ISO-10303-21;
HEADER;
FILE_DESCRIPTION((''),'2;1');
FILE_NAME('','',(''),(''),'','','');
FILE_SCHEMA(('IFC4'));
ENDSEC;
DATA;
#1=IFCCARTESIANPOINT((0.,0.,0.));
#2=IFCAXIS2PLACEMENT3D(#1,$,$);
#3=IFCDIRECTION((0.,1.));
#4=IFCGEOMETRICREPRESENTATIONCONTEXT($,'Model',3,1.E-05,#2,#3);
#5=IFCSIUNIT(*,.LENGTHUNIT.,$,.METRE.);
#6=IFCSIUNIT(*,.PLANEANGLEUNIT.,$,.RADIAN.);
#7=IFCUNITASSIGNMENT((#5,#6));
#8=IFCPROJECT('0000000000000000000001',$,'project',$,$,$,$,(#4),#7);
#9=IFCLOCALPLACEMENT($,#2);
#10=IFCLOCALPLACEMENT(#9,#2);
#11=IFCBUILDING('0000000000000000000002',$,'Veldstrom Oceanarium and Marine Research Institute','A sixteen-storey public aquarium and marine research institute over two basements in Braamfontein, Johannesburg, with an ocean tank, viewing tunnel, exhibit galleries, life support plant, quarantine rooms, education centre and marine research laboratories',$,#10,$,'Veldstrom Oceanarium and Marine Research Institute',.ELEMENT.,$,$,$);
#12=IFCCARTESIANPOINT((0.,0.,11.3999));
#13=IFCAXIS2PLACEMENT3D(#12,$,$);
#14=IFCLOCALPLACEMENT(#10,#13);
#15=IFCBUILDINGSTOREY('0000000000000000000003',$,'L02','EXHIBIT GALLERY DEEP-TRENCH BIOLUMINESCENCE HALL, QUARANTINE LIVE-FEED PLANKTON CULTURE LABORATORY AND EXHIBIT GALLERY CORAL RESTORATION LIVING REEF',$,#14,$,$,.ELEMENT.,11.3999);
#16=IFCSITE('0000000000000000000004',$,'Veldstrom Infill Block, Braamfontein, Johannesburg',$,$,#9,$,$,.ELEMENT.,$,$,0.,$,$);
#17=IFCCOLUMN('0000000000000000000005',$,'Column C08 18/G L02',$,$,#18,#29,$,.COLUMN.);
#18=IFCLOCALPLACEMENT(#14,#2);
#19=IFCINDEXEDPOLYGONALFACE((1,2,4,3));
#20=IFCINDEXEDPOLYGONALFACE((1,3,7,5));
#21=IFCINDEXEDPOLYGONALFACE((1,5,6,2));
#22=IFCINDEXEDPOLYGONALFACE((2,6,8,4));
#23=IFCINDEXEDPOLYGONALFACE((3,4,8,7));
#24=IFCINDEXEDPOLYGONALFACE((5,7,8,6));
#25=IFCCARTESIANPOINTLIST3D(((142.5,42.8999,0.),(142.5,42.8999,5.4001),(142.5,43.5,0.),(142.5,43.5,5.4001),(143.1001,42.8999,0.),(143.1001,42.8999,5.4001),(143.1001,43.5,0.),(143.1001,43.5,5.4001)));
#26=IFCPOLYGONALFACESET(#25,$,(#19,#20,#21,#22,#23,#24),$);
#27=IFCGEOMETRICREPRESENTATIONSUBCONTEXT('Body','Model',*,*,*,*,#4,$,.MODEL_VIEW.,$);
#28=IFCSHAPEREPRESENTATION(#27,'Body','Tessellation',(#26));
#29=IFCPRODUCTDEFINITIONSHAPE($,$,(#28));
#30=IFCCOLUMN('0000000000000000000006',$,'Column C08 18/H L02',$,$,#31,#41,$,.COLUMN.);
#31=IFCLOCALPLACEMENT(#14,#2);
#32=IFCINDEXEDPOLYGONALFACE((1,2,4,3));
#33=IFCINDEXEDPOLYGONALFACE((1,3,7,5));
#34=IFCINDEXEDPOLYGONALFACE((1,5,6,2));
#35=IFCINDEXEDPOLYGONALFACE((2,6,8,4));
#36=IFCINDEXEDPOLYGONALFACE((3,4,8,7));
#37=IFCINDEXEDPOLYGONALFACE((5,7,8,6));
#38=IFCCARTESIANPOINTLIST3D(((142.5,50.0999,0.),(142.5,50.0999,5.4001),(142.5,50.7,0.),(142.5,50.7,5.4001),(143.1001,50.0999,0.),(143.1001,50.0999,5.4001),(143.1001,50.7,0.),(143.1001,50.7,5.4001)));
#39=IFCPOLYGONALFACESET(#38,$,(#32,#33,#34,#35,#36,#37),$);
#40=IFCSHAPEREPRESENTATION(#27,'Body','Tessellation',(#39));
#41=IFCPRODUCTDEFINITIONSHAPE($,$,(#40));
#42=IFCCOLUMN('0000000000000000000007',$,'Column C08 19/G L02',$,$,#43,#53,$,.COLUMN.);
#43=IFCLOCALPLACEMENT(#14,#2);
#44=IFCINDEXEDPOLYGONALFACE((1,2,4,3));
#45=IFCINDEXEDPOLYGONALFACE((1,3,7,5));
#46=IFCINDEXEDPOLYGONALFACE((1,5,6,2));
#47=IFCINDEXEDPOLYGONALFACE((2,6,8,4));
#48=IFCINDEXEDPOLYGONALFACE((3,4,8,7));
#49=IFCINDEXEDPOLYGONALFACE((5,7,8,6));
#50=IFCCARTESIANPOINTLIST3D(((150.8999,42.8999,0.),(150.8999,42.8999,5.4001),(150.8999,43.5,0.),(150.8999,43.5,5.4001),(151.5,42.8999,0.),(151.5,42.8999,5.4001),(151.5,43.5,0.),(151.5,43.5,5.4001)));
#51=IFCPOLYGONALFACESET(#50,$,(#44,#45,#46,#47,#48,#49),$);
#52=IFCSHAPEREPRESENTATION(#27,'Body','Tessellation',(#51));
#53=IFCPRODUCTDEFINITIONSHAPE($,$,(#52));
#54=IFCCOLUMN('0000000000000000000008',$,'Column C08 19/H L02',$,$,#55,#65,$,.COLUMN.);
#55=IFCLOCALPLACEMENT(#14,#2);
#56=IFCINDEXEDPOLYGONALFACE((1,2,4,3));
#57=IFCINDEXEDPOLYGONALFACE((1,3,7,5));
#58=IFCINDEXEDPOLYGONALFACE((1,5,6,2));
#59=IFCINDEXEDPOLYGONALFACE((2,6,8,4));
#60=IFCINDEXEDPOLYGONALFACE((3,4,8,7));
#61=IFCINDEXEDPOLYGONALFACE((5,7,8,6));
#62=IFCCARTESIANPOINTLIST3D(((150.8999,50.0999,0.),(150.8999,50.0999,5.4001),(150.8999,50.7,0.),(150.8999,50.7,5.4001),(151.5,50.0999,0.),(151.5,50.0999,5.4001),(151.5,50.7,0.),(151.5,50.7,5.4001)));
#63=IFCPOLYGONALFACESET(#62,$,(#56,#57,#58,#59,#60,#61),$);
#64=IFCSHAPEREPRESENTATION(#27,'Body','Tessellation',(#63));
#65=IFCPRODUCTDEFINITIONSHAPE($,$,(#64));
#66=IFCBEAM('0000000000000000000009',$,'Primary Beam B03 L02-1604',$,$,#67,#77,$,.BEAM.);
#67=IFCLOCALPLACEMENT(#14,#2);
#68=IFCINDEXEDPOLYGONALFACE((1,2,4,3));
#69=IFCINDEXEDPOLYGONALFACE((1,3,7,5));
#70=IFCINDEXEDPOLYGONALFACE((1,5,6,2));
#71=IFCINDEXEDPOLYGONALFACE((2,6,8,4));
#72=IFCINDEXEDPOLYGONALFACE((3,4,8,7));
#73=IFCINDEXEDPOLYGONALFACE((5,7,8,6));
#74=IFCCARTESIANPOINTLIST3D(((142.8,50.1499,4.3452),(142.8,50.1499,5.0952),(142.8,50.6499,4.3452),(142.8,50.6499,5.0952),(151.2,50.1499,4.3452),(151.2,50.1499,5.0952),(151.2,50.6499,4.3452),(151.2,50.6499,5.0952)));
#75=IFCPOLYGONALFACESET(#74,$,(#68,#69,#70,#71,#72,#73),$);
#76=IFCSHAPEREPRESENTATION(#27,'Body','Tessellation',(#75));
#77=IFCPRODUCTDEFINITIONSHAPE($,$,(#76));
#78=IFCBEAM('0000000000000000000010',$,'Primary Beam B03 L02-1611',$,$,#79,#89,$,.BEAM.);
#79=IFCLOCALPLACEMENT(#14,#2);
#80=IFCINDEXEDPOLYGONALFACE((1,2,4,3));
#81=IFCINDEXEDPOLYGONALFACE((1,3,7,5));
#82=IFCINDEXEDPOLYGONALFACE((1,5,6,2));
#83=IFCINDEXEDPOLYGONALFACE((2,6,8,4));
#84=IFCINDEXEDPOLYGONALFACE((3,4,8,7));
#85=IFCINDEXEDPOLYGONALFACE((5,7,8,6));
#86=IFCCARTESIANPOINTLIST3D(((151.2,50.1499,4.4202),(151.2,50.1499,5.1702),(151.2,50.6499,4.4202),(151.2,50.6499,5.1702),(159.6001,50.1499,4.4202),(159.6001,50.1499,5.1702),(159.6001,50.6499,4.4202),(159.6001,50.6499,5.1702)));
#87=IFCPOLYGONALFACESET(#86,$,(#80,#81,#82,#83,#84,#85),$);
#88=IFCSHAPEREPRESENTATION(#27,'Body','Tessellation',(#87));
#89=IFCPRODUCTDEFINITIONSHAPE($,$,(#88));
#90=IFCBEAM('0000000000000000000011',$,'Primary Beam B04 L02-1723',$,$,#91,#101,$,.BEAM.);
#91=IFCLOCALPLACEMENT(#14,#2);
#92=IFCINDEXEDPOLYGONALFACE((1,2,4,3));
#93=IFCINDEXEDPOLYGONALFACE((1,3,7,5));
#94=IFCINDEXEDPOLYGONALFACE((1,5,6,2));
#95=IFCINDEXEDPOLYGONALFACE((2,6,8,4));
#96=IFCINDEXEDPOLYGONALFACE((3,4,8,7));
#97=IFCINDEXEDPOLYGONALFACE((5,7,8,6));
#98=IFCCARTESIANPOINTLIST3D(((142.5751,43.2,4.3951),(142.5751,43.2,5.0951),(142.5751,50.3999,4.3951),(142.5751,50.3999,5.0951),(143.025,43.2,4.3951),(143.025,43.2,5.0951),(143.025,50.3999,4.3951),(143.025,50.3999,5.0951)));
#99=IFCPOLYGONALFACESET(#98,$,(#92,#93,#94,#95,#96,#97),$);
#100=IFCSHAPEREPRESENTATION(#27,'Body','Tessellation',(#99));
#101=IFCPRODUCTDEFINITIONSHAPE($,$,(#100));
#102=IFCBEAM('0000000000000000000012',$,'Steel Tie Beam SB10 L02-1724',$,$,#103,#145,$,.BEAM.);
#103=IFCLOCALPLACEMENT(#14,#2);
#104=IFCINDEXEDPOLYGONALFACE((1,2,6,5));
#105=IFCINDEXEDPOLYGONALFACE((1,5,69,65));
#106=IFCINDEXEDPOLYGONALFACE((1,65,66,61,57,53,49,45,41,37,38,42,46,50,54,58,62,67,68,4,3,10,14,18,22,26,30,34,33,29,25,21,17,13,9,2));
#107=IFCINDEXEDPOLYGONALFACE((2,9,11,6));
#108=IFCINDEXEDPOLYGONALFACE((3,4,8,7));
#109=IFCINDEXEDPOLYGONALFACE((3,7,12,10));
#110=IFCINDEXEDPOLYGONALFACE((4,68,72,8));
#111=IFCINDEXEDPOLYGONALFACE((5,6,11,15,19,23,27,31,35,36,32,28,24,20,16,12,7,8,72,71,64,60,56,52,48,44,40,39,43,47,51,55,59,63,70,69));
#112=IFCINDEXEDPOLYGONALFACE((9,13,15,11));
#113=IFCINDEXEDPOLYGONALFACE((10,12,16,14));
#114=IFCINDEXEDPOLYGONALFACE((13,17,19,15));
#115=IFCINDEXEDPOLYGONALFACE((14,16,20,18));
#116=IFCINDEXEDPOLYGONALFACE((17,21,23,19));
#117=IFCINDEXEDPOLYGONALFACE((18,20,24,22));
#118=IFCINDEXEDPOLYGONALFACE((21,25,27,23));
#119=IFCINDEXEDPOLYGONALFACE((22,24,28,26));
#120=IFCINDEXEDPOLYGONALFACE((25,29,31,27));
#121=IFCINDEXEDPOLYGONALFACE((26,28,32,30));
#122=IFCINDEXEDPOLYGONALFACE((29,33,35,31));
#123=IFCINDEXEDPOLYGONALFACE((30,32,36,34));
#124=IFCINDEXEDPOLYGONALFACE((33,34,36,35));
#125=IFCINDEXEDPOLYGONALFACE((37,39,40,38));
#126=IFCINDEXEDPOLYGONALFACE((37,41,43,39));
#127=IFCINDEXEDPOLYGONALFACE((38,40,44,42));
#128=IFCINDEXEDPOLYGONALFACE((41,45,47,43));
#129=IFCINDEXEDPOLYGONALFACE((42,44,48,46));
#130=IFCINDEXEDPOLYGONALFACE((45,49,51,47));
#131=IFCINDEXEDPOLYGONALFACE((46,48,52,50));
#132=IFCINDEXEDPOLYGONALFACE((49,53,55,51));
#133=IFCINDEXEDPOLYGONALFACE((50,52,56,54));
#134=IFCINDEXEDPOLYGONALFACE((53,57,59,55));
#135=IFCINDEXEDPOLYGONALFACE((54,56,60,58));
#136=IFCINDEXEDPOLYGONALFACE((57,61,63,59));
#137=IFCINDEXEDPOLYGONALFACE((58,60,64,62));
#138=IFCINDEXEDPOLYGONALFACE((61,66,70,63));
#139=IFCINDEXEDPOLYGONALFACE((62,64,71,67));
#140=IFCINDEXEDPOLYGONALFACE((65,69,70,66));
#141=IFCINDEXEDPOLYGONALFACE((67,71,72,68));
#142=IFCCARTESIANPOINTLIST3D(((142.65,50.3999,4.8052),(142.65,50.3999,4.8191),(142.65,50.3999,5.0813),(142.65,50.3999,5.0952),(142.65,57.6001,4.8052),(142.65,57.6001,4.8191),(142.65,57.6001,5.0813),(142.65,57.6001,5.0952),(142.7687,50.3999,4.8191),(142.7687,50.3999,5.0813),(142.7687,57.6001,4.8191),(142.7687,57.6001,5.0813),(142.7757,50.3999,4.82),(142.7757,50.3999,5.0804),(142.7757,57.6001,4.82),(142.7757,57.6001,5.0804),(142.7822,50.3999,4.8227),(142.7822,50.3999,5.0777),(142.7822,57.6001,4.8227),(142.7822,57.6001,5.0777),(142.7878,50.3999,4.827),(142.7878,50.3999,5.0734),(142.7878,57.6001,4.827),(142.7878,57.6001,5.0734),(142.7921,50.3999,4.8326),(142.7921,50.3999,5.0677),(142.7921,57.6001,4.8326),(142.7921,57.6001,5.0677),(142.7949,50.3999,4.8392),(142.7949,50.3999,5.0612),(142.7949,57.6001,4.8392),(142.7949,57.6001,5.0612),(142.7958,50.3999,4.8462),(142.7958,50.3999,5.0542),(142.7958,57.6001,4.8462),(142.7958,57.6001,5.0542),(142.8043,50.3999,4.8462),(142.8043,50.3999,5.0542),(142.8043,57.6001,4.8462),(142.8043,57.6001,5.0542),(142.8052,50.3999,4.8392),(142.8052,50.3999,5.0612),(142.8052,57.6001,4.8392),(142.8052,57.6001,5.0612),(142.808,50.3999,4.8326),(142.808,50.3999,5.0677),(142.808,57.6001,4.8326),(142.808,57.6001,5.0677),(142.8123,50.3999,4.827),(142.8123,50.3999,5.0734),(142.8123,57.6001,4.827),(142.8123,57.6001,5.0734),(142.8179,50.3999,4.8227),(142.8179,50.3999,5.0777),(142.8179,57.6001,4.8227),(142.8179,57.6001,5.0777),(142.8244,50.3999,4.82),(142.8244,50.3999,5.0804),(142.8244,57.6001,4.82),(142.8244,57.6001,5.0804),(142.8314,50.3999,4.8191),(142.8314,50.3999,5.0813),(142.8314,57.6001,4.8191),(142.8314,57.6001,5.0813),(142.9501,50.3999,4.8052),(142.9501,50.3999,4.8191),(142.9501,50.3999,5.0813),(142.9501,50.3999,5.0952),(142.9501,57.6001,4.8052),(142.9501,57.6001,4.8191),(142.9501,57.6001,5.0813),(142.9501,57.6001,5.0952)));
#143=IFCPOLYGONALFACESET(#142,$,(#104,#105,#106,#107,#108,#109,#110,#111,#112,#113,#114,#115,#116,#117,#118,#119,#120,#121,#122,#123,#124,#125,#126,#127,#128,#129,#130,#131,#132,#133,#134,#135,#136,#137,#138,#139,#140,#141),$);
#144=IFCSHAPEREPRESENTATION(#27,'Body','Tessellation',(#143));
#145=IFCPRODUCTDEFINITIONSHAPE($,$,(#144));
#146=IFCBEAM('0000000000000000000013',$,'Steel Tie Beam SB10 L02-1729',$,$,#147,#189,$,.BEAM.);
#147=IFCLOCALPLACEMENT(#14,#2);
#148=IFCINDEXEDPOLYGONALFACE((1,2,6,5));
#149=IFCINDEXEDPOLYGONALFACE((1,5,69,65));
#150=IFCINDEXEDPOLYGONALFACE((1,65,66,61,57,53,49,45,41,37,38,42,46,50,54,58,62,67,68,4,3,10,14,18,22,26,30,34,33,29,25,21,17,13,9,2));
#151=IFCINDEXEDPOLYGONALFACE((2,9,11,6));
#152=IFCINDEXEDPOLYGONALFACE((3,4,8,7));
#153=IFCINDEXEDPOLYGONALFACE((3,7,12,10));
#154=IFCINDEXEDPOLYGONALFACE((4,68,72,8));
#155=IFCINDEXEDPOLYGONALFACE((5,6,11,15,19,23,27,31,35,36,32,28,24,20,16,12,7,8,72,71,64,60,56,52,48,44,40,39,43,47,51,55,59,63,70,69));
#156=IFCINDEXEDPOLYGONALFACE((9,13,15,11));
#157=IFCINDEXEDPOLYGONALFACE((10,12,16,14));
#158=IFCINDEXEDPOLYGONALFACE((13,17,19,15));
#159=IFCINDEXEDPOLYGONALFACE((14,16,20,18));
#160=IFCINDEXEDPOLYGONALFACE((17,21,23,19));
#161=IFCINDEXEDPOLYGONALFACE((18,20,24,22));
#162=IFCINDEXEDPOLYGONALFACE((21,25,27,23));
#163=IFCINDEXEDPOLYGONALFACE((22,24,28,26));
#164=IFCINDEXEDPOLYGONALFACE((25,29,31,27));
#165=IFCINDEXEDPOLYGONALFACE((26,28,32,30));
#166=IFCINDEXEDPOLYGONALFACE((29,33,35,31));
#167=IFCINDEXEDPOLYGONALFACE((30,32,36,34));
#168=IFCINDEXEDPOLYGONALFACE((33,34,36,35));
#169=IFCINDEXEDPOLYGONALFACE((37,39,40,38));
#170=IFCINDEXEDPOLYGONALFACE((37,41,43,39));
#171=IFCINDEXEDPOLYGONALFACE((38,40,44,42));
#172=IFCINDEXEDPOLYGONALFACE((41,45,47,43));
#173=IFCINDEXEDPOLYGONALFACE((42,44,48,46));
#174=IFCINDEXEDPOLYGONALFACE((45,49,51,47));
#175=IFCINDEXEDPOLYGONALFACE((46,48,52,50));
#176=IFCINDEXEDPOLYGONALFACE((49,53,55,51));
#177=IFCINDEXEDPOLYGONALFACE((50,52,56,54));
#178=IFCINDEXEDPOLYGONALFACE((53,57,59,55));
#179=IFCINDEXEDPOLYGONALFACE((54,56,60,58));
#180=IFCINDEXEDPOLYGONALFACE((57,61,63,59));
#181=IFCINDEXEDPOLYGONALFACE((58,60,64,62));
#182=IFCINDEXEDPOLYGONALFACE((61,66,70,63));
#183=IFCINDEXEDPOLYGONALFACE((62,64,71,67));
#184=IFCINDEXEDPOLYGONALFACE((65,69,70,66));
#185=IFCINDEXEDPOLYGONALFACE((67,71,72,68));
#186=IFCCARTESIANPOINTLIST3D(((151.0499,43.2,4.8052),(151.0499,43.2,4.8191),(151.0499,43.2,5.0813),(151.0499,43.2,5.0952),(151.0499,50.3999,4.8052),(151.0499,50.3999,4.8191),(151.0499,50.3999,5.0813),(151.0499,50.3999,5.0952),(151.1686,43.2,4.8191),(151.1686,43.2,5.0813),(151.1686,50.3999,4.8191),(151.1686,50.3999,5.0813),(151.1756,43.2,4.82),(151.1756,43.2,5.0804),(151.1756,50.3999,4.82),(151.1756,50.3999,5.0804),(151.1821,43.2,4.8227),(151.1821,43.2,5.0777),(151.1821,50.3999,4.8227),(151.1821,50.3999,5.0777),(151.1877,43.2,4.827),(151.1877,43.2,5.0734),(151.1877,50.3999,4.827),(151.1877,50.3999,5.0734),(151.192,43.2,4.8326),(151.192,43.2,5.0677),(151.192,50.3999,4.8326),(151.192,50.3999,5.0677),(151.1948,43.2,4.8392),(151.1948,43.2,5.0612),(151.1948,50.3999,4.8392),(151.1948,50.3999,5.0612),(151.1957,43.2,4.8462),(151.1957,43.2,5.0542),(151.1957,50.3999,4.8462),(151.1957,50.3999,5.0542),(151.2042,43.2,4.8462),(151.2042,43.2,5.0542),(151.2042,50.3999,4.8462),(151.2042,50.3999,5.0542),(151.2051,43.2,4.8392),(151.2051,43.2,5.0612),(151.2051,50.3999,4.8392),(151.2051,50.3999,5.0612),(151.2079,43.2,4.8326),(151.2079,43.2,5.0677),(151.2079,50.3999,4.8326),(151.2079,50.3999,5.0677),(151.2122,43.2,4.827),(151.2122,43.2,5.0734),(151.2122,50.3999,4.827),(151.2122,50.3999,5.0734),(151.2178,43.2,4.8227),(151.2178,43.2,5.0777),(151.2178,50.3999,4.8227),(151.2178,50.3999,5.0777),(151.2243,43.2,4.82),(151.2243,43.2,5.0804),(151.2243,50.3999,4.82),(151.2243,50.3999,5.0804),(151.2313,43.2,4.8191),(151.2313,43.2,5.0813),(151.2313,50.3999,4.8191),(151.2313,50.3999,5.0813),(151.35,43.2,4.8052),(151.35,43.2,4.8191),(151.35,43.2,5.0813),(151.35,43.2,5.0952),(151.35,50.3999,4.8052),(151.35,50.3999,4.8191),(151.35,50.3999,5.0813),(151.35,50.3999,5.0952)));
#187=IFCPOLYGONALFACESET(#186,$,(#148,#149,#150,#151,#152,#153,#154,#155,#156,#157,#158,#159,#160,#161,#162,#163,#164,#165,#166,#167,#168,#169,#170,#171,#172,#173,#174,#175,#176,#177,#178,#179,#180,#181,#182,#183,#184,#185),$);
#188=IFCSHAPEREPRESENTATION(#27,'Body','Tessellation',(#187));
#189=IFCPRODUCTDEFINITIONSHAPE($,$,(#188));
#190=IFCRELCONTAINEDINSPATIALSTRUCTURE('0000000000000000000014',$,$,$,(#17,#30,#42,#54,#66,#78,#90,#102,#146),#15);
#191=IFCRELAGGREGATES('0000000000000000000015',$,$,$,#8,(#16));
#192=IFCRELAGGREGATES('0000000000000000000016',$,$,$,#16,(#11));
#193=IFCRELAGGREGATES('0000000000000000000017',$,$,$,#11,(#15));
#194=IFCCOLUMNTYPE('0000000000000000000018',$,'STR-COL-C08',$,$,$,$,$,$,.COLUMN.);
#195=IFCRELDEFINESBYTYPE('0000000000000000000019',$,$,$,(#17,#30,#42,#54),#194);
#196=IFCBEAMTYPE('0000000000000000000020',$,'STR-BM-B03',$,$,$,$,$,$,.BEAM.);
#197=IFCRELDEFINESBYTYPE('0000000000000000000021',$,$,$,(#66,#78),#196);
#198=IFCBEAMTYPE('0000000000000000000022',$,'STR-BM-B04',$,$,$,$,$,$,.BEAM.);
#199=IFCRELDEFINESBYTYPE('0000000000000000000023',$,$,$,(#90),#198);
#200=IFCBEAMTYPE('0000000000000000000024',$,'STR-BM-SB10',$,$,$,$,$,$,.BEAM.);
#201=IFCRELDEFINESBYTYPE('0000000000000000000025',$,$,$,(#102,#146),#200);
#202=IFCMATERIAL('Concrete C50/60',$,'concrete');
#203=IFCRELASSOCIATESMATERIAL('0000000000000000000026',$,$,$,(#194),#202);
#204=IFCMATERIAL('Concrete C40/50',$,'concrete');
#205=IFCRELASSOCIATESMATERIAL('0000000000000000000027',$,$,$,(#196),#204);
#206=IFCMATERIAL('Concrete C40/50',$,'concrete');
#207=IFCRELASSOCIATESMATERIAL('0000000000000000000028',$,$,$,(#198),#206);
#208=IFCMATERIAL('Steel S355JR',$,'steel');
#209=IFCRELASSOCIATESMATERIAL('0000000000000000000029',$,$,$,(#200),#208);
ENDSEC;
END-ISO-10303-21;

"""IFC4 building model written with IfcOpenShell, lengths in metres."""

from ifc_helpers import new_model, si_unit, direction, frame, origin, origin_2d, place, context, subcontext, project, spatial, rectangle, i_section, extrude, material, material_profile, profile_set, type_object, element, save


model = new_model("IFC4")

# Units and contexts
model_context = context("Model", 3, precision=1e-05, world=origin(), true_north=direction((0.0, 1.0)))
body_context = subcontext(model_context, "Body", "Model", "MODEL_VIEW")
ifc_project = project(units=[si_unit("LENGTHUNIT", "METRE"), si_unit("PLANEANGLEUNIT", "RADIAN")], contexts=[model_context])

# Site, building, storey
site_placement = place(None, origin())
site = spatial("IfcSite", under=ifc_project, at=site_placement, Name="Veldstrom Infill Block, Braamfontein, Johannesburg", CompositionType="ELEMENT", RefElevation=0.0)
building_placement = place(site_placement, origin())
building = spatial("IfcBuilding", under=site, at=building_placement, Name="Veldstrom Oceanarium and Marine Research Institute", Description="A sixteen-storey public aquarium and marine research institute over two basements in Braamfontein, Johannesburg, with an ocean tank, viewing tunnel, exhibit galleries, life support plant, quarantine rooms, education centre and marine research laboratories", LongName="Veldstrom Oceanarium and Marine Research Institute", CompositionType="ELEMENT")
storey_placement = place(building_placement, frame((0.0, 0.0, 11.3999)))
storey = spatial("IfcBuildingStorey", under=building, at=storey_placement, Name="L02", Description="EXHIBIT GALLERY DEEP-TRENCH BIOLUMINESCENCE HALL, QUARANTINE LIVE-FEED PLANKTON CULTURE LABORATORY AND EXHIBIT GALLERY CORAL RESTORATION LIVING REEF", CompositionType="ELEMENT", Elevation=11.3999)

# Columns
ifc_material_1 = material(Name="Concrete C50/60", Category="concrete")
ifc_material_profile_1 = material_profile(ifc_material_1, rectangle(XDim=0.6001, YDim=0.6001, at=origin_2d()), Name="RC-COL-600x600")
ifc_profile_set_1 = profile_set([ifc_material_profile_1], Name="Concrete C50/60")
column_type = type_object("IfcColumnType", Name="STR-COL-C08", PredefinedType="COLUMN", material=ifc_profile_set_1)
for number, where, z_axis, x_axis, name in (
    (1, (142.8, 43.2, 0.0), (0.0, 0.0, 1.0), (1.0, 0.0, 0.0), "Column C08 18/G L02"),
    (2, (142.8, 50.3999, 0.0), (0.0, 0.0, 1.0), (1.0, 0.0, 0.0), "Column C08 18/H L02"),
    (3, (151.2, 43.2, 0.0), (0.0, 0.0, 1.0), (1.0, 0.0, 0.0), "Column C08 19/G L02"),
    (4, (151.2, 50.3999, 0.0), (0.0, 0.0, 1.0), (1.0, 0.0, 0.0), "Column C08 19/H L02"),
):
    element("IfcColumn", number, at=place(storey_placement, frame(where, z_axis=z_axis, x_axis=x_axis)), inside=storey, type_object=column_type, Name=name, PredefinedType="COLUMN", context=body_context, shape_type="SweptSolid", body=[
        extrude(rectangle(XDim=0.6001, YDim=0.6001, at=origin_2d()), origin(), (0.0, 0.0, 1.0), 5.4001),
    ])

# Beams
ifc_material_2 = material(Name="Concrete C40/50", Category="concrete")
ifc_material_profile_2 = material_profile(ifc_material_2, rectangle(XDim=0.5, YDim=0.75, at=origin_2d()), Name="RC-BM-500x750")
ifc_profile_set_2 = profile_set([ifc_material_profile_2], Name="Concrete C40/50")
beam_type_1 = type_object("IfcBeamType", Name="STR-BM-B03", PredefinedType="BEAM", material=ifc_profile_set_2)
beam_1_placement = place(storey_placement, frame((142.8, 50.3999, 4.7202), z_axis=(1.0, 0.0, 0.0), x_axis=(0.0, 1.0, 0.0)))
element("IfcBeam", 5, at=beam_1_placement, inside=storey, type_object=beam_type_1, Name="Primary Beam B03 L02-1604", PredefinedType="BEAM", context=body_context, shape_type="SweptSolid", body=[
    extrude(rectangle(XDim=0.5, YDim=0.75, at=origin_2d()), origin(), (0.0, 0.0, 1.0), 8.3999),
])
beam_2_placement = place(storey_placement, frame((151.2, 50.3999, 4.7952), z_axis=(1.0, 0.0, 0.0), x_axis=(0.0, 1.0, 0.0)))
element("IfcBeam", 6, at=beam_2_placement, inside=storey, type_object=beam_type_1, Name="Primary Beam B03 L02-1611", PredefinedType="BEAM", context=body_context, shape_type="SweptSolid", body=[
    extrude(rectangle(XDim=0.5, YDim=0.75, at=origin_2d()), origin(), (0.0, 0.0, 1.0), 8.4001),
])
ifc_material_3 = material(Name="Concrete C40/50", Category="concrete")
ifc_material_profile_3 = material_profile(ifc_material_3, rectangle(XDim=0.45, YDim=0.7, at=origin_2d()), Name="RC-BM-450x700")
ifc_profile_set_3 = profile_set([ifc_material_profile_3], Name="Concrete C40/50")
beam_type_2 = type_object("IfcBeamType", Name="STR-BM-B04", PredefinedType="BEAM", material=ifc_profile_set_3)
beam_3_placement = place(storey_placement, frame((142.8, 43.2, 4.7451), z_axis=(0.0, 1.0, 0.0), x_axis=(-1.0, 0.0, 0.0)))
element("IfcBeam", 7, at=beam_3_placement, inside=storey, type_object=beam_type_2, Name="Primary Beam B04 L02-1723", PredefinedType="BEAM", context=body_context, shape_type="SweptSolid", body=[
    extrude(rectangle(XDim=0.45, YDim=0.7, at=origin_2d()), origin(), (0.0, 0.0, 1.0), 7.2),
])
ifc_material_4 = material(Name="Steel S355JR", Category="steel")
ifc_material_profile_4 = material_profile(ifc_material_4, i_section(OverallWidth=0.3, OverallDepth=0.29, WebThickness=0.0085, FlangeThickness=0.0139, FilletRadius=0.0271, at=origin_2d()), Name="HEA 300")
ifc_profile_set_4 = profile_set([ifc_material_profile_4], Name="Steel S355JR")
beam_type_3 = type_object("IfcBeamType", Name="STR-BM-SB10", PredefinedType="BEAM", material=ifc_profile_set_4)
beam_4_placement = place(storey_placement, frame((142.8, 50.3999, 4.9502), z_axis=(0.0, 1.0, 0.0), x_axis=(-1.0, 0.0, 0.0)))
element("IfcBeam", 8, at=beam_4_placement, inside=storey, type_object=beam_type_3, Name="Steel Tie Beam SB10 L02-1724", PredefinedType="BEAM", context=body_context, shape_type="SweptSolid", body=[
    extrude(i_section(OverallWidth=0.3, OverallDepth=0.29, WebThickness=0.0085, FlangeThickness=0.0139, FilletRadius=0.0271, at=origin_2d()), origin(), (0.0, 0.0, 1.0), 7.2002),
])
beam_5_placement = place(storey_placement, frame((151.2, 43.2, 4.9502), z_axis=(0.0, 1.0, 0.0), x_axis=(-1.0, 0.0, 0.0)))
element("IfcBeam", 9, at=beam_5_placement, inside=storey, type_object=beam_type_3, Name="Steel Tie Beam SB10 L02-1729", PredefinedType="BEAM", context=body_context, shape_type="SweptSolid", body=[
    extrude(i_section(OverallWidth=0.3, OverallDepth=0.29, WebThickness=0.0085, FlangeThickness=0.0139, FilletRadius=0.0271, at=origin_2d()), origin(), (0.0, 0.0, 1.0), 7.2),
])

save(model, "model.ifc")
